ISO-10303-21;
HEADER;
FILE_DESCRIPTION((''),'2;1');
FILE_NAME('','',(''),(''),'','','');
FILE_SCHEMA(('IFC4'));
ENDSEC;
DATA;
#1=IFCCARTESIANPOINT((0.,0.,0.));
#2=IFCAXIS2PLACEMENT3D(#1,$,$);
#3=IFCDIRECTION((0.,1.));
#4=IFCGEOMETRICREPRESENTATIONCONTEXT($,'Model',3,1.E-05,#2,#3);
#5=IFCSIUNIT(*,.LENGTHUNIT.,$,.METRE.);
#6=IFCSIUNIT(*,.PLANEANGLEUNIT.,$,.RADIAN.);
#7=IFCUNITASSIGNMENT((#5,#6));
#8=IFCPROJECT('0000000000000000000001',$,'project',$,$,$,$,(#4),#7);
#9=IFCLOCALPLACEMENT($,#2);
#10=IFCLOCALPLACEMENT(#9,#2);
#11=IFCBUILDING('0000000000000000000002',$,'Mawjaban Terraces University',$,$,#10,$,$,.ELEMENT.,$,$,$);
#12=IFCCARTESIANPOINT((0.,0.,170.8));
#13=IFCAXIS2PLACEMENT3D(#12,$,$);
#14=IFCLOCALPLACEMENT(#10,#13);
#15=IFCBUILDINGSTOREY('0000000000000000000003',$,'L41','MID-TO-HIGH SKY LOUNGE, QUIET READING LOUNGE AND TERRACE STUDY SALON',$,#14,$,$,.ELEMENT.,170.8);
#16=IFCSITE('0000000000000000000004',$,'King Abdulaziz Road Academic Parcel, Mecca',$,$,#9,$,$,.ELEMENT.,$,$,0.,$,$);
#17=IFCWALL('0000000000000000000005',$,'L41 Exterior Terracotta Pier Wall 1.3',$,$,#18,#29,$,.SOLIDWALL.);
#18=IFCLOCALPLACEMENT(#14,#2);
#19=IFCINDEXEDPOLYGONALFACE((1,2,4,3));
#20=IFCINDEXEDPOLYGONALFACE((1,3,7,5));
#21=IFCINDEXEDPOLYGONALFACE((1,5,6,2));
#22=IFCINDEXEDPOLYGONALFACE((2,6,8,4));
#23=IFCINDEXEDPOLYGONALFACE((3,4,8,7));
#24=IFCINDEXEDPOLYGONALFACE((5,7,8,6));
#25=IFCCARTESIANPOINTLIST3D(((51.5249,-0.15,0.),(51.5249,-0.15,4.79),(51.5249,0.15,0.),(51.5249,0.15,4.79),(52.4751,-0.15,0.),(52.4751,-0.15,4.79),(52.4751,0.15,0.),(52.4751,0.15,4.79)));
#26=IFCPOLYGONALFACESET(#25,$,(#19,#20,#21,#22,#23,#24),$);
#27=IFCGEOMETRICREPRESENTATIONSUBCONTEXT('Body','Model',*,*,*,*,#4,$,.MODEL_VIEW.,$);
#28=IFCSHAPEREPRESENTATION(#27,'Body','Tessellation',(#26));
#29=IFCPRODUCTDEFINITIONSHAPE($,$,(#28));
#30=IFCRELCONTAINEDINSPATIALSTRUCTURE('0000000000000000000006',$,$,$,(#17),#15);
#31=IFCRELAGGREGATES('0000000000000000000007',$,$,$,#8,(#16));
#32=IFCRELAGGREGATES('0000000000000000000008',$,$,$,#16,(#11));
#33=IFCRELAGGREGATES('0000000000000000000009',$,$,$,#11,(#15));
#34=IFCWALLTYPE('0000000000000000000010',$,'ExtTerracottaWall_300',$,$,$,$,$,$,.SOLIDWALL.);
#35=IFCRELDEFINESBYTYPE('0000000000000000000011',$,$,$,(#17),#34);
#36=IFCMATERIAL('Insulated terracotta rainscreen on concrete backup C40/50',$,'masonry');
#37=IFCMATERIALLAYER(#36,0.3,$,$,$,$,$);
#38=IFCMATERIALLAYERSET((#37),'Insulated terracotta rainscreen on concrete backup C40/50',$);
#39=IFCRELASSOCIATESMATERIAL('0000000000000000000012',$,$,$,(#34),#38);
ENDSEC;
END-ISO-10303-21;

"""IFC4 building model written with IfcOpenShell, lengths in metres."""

from ifc_helpers import new_model, si_unit, direction, frame, frame_2d, origin, place, context, subcontext, project, spatial, rectangle, extrude, material, layer, layer_set, type_object, element, save


model = new_model("IFC4")

# Units and contexts
model_context = context("Model", 3, precision=1e-05, world=origin(), true_north=direction((0.0, 1.0)))
body_context = subcontext(model_context, "Body", "Model", "MODEL_VIEW")
ifc_project = project(units=[si_unit("LENGTHUNIT", "METRE"), si_unit("PLANEANGLEUNIT", "RADIAN")], contexts=[model_context])

# Site, building, storey
site_placement = place(None, origin())
site = spatial("IfcSite", under=ifc_project, at=site_placement, Name="King Abdulaziz Road Academic Parcel, Mecca", CompositionType="ELEMENT", RefElevation=0.0)
building_placement = place(site_placement, origin())
building = spatial("IfcBuilding", under=site, at=building_placement, Name="Mawjaban Terraces University", CompositionType="ELEMENT")
storey_placement = place(building_placement, frame((0.0, 0.0, 170.8)))
storey = spatial("IfcBuildingStorey", under=building, at=storey_placement, Name="L41", Description="MID-TO-HIGH SKY LOUNGE, QUIET READING LOUNGE AND TERRACE STUDY SALON", CompositionType="ELEMENT", Elevation=170.8)

# Wall
ifc_material_1 = material(Name="Insulated terracotta rainscreen on concrete backup C40/50", Category="masonry")
ifc_layer_1 = layer(ifc_material_1, 0.3)
ifc_layer_set_1 = layer_set([ifc_layer_1], Name="Insulated terracotta rainscreen on concrete backup C40/50")
wall_type_1 = type_object("IfcWallType", Name="ExtTerracottaWall_300", PredefinedType="SOLIDWALL", material=ifc_layer_set_1)
wall_1_placement = place(storey_placement, frame((51.5249, 0.0, 0.0), z_axis=(0.0, 0.0, 1.0), x_axis=(1.0, 0.0, 0.0)))
element("IfcWall", 1, at=wall_1_placement, inside=storey, type_object=wall_type_1, Name="L41 Exterior Terracotta Pier Wall 1.3", PredefinedType="SOLIDWALL", context=body_context, shape_type="SweptSolid", body=[
    extrude(rectangle(XDim=0.9502, YDim=0.3, at=frame_2d((0.4751, 0.0))), origin(), (0.0, 0.0, 1.0), 4.79),
])

save(model, "model.ifc")
